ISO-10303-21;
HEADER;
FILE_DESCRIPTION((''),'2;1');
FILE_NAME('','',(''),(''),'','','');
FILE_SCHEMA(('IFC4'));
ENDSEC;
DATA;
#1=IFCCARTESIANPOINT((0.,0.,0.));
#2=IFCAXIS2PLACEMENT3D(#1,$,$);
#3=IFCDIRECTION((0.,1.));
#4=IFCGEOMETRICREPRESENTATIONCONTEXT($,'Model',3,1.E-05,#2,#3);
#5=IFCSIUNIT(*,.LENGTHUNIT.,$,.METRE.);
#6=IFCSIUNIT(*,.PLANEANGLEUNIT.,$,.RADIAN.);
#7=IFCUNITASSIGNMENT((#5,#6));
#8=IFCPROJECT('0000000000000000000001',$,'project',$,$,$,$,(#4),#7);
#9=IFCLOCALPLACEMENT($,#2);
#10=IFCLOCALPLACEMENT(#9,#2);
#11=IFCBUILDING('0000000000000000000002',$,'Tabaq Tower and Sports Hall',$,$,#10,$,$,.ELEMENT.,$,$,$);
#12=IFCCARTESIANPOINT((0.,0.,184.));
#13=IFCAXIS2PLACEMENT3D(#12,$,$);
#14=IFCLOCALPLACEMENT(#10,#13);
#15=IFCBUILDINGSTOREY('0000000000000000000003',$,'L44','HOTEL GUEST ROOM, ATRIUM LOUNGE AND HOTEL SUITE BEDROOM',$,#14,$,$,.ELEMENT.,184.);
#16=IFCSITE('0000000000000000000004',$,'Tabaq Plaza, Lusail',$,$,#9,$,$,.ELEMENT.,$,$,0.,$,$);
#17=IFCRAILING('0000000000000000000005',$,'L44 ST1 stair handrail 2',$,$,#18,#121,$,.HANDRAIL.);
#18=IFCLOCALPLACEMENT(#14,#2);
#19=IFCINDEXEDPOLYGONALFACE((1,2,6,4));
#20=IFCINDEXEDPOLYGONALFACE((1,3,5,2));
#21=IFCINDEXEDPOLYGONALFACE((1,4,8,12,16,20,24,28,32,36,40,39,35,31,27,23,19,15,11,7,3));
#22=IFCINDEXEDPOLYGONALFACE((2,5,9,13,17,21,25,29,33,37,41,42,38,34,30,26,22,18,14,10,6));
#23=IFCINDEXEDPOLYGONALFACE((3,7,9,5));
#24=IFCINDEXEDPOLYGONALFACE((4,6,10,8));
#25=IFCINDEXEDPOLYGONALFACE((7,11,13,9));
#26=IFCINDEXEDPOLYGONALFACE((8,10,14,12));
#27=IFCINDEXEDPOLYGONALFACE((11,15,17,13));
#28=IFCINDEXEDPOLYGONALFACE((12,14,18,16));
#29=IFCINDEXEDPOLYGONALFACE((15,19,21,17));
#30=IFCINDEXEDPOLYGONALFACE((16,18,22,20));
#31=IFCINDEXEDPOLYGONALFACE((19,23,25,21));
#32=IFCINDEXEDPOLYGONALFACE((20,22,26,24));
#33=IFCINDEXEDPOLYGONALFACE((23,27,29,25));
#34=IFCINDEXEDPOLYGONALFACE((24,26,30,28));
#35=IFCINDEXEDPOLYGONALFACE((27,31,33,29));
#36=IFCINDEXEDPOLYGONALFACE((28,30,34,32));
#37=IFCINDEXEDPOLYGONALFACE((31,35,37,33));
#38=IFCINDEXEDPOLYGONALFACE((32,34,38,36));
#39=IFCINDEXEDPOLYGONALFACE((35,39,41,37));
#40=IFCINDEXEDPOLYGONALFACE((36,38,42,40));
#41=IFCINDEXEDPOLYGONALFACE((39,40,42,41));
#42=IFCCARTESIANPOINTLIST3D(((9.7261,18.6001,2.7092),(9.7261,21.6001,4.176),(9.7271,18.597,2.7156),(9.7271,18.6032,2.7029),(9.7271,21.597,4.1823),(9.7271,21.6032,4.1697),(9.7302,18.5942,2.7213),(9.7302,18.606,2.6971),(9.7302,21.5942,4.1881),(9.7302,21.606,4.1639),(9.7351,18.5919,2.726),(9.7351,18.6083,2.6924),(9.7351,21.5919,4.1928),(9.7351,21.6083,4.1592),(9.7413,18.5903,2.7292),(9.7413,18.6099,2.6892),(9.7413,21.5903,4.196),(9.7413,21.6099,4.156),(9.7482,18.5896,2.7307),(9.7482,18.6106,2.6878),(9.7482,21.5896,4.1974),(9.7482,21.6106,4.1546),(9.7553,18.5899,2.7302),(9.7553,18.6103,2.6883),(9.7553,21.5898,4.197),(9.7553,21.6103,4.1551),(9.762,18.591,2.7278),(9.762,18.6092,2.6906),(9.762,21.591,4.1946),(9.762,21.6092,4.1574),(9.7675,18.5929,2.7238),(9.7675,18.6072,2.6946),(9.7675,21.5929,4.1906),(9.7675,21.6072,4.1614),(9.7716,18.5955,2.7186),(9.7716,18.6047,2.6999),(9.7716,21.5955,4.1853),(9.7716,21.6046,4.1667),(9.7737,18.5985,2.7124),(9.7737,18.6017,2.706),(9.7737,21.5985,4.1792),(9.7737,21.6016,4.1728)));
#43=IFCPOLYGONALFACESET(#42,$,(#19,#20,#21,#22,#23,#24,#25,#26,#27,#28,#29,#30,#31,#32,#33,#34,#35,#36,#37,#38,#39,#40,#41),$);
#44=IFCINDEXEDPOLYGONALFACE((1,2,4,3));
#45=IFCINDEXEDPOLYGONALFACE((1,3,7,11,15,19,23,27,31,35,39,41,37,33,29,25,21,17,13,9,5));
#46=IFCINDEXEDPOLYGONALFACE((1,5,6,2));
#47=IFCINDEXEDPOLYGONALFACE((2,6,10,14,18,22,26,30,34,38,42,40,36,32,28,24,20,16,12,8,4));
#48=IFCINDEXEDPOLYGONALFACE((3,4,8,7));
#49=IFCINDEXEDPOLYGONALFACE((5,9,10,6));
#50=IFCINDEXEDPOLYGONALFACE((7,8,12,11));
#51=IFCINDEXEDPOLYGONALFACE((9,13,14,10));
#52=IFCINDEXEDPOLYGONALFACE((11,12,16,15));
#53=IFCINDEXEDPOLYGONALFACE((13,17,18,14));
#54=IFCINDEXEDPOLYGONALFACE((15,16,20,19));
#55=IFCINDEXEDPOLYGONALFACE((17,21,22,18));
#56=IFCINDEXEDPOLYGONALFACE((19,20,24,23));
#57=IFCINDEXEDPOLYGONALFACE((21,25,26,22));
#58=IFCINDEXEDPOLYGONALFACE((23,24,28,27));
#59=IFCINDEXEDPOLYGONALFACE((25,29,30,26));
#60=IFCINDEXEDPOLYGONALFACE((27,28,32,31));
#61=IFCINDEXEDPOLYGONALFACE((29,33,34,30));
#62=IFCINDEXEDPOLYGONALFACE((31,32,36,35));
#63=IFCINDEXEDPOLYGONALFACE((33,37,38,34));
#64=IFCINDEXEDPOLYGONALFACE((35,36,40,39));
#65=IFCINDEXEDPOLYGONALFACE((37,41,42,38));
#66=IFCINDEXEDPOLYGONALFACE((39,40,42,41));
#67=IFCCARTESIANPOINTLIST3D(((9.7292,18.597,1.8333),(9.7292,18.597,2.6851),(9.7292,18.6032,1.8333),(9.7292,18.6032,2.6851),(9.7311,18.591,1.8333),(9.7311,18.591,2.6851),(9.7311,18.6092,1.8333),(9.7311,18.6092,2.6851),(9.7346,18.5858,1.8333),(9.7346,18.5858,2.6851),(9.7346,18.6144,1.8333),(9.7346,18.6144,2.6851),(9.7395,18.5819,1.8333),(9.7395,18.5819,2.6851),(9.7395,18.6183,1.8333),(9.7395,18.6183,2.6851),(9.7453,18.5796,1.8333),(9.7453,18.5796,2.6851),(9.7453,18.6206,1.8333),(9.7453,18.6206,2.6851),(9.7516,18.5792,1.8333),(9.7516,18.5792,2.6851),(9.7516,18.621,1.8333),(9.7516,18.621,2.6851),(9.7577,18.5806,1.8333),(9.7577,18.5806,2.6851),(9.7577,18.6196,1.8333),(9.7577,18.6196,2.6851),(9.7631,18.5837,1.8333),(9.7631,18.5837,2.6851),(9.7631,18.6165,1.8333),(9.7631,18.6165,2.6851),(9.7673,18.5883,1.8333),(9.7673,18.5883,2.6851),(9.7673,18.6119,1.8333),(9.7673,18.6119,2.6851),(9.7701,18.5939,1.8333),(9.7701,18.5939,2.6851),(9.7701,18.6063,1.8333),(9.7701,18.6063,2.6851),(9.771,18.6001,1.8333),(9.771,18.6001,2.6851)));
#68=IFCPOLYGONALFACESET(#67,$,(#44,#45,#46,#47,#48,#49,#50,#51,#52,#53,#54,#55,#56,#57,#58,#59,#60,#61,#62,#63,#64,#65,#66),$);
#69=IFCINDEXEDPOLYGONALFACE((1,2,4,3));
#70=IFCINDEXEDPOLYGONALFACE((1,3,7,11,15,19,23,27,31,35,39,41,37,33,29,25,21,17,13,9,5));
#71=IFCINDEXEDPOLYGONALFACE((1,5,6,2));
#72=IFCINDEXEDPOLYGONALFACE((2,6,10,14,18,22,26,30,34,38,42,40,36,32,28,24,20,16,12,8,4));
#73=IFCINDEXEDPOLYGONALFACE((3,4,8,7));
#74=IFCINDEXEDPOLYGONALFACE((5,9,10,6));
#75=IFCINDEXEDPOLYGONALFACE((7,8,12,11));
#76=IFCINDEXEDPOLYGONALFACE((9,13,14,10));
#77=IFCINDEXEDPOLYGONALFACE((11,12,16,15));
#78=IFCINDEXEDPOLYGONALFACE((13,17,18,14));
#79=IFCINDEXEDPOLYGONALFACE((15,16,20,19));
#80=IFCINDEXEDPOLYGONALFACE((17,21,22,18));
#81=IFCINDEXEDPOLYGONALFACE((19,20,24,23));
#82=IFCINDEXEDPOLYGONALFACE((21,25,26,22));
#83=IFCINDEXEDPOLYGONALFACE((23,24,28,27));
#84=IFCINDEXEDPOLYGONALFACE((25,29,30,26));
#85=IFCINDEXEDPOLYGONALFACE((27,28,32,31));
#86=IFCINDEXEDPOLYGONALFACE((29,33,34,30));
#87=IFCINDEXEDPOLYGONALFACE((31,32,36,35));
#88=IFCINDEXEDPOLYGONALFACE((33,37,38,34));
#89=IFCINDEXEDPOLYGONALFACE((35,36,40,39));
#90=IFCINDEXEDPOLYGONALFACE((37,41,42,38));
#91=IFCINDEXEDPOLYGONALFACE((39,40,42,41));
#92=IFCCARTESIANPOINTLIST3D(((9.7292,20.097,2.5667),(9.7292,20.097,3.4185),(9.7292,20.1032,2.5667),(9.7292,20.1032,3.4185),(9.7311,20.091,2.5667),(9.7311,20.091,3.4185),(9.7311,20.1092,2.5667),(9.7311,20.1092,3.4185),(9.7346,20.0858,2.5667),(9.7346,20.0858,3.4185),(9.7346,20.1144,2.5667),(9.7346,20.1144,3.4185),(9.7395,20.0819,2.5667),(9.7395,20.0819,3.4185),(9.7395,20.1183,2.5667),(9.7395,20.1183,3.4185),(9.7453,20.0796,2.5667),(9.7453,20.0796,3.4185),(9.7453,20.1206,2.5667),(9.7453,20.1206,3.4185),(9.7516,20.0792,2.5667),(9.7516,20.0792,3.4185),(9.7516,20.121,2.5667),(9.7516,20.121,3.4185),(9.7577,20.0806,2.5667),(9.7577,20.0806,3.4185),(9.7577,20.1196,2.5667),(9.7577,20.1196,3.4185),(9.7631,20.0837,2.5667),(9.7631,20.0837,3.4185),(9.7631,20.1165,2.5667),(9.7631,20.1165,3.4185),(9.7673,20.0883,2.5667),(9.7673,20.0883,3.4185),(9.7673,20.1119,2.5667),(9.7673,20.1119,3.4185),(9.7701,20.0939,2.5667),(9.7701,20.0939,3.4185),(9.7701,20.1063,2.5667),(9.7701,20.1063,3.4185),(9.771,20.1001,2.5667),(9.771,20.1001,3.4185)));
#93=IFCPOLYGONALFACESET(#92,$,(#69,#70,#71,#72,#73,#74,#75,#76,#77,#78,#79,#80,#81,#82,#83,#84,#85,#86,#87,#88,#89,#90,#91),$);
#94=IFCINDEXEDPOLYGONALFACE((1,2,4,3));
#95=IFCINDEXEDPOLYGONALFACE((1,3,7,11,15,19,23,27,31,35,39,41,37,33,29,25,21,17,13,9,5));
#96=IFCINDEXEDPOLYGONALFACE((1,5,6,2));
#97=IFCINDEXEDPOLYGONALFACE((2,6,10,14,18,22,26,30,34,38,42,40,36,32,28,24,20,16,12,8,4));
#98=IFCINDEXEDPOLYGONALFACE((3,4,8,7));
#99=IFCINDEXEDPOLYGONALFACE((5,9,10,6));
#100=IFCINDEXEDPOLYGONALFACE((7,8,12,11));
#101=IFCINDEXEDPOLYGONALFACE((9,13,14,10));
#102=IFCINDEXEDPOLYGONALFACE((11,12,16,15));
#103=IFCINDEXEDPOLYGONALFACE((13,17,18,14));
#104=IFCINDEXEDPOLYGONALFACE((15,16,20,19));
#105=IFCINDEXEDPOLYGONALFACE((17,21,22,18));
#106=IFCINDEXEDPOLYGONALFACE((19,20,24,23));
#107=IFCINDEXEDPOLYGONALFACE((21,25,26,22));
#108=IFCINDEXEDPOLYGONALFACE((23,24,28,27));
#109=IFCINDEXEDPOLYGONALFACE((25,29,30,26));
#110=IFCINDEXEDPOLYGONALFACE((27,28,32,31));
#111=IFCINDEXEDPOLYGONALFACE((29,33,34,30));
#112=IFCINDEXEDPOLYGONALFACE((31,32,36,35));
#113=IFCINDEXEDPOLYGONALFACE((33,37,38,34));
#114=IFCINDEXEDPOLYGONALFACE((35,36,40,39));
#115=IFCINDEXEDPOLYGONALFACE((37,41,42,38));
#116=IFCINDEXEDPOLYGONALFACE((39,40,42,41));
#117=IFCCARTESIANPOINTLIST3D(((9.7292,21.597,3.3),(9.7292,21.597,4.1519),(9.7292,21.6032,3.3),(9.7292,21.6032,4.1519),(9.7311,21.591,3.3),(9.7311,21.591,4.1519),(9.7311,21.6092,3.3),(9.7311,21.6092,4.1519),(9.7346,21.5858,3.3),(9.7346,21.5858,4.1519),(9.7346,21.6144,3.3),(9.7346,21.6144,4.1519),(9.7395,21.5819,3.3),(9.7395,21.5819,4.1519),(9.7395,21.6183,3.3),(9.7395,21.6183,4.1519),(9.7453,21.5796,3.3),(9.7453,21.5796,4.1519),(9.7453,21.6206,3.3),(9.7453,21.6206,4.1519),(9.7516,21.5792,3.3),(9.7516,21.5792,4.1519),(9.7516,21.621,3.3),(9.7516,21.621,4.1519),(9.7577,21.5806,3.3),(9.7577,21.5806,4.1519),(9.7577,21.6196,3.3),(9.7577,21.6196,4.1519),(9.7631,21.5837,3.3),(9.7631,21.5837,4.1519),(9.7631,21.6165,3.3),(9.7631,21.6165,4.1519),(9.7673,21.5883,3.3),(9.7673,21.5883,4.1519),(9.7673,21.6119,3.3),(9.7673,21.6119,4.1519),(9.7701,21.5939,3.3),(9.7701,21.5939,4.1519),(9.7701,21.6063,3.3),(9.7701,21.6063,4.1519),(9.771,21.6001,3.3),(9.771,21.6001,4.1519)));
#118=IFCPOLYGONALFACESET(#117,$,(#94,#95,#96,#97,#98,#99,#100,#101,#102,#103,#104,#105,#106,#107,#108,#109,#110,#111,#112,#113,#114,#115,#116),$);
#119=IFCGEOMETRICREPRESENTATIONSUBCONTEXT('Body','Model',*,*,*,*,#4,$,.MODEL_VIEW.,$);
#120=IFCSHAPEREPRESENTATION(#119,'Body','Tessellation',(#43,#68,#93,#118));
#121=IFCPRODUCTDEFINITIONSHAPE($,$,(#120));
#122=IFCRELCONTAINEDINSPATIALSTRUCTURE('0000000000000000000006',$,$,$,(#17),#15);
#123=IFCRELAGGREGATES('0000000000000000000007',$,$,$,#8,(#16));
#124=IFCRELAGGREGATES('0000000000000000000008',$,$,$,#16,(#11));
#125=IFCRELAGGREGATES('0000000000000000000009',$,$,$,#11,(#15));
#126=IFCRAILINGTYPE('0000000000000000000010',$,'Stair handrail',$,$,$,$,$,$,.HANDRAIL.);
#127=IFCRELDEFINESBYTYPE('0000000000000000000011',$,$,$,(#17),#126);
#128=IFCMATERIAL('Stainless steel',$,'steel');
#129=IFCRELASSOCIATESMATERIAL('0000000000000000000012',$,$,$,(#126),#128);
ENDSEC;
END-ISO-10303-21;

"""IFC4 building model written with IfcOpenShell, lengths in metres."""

from ifc_helpers import new_model, si_unit, direction, frame, origin, origin_2d, place, context, subcontext, project, spatial, circle, extrude, material, type_object, element, save


model = new_model("IFC4")

# Units and contexts
model_context = context("Model", 3, precision=1e-05, world=origin(), true_north=direction((0.0, 1.0)))
body_context = subcontext(model_context, "Body", "Model", "MODEL_VIEW")
ifc_project = project(units=[si_unit("LENGTHUNIT", "METRE"), si_unit("PLANEANGLEUNIT", "RADIAN")], contexts=[model_context])

# Site, building, storey
site_placement = place(None, origin())
site = spatial("IfcSite", under=ifc_project, at=site_placement, Name="Tabaq Plaza, Lusail", CompositionType="ELEMENT", RefElevation=0.0)
building_placement = place(site_placement, origin())
building = spatial("IfcBuilding", under=site, at=building_placement, Name="Tabaq Tower and Sports Hall", CompositionType="ELEMENT")
storey_placement = place(building_placement, frame((0.0, 0.0, 184.0)))
storey = spatial("IfcBuildingStorey", under=building, at=storey_placement, Name="L44", Description="HOTEL GUEST ROOM, ATRIUM LOUNGE AND HOTEL SUITE BEDROOM", CompositionType="ELEMENT", Elevation=184.0)

# Railing
ifc_material_1 = material(Name="Stainless steel", Category="steel")
railing_type = type_object("IfcRailingType", Name="Stair handrail", PredefinedType="HANDRAIL", material=ifc_material_1)
railing_placement = place(storey_placement, frame((9.75, 18.6001, 1.8333)))
element("IfcRailing", 1, at=railing_placement, inside=storey, type_object=railing_type, Name="L44 ST1 stair handrail 2", PredefinedType="HANDRAIL", context=body_context, shape_type="SweptSolid", body=[
    extrude(circle(Radius=0.0239, at=origin_2d()), frame((0.0, 0.0, 0.876), z_axis=(0.0, 0.898369, 0.439242), x_axis=(-1.0, 0.0, 0.0)), (0.0, 0.0, 1.0), 3.3394),
    extrude(circle(Radius=0.021, at=origin_2d()), origin(), (0.0, 0.0, 1.0), 0.8518),
    extrude(circle(Radius=0.021, at=origin_2d()), frame((0.0, 1.5, 0.7334)), (0.0, 0.0, 1.0), 0.8518),
    extrude(circle(Radius=0.021, at=origin_2d()), frame((0.0, 3.0, 1.4668)), (0.0, 0.0, 1.0), 0.8518),
])

save(model, "model.ifc")
